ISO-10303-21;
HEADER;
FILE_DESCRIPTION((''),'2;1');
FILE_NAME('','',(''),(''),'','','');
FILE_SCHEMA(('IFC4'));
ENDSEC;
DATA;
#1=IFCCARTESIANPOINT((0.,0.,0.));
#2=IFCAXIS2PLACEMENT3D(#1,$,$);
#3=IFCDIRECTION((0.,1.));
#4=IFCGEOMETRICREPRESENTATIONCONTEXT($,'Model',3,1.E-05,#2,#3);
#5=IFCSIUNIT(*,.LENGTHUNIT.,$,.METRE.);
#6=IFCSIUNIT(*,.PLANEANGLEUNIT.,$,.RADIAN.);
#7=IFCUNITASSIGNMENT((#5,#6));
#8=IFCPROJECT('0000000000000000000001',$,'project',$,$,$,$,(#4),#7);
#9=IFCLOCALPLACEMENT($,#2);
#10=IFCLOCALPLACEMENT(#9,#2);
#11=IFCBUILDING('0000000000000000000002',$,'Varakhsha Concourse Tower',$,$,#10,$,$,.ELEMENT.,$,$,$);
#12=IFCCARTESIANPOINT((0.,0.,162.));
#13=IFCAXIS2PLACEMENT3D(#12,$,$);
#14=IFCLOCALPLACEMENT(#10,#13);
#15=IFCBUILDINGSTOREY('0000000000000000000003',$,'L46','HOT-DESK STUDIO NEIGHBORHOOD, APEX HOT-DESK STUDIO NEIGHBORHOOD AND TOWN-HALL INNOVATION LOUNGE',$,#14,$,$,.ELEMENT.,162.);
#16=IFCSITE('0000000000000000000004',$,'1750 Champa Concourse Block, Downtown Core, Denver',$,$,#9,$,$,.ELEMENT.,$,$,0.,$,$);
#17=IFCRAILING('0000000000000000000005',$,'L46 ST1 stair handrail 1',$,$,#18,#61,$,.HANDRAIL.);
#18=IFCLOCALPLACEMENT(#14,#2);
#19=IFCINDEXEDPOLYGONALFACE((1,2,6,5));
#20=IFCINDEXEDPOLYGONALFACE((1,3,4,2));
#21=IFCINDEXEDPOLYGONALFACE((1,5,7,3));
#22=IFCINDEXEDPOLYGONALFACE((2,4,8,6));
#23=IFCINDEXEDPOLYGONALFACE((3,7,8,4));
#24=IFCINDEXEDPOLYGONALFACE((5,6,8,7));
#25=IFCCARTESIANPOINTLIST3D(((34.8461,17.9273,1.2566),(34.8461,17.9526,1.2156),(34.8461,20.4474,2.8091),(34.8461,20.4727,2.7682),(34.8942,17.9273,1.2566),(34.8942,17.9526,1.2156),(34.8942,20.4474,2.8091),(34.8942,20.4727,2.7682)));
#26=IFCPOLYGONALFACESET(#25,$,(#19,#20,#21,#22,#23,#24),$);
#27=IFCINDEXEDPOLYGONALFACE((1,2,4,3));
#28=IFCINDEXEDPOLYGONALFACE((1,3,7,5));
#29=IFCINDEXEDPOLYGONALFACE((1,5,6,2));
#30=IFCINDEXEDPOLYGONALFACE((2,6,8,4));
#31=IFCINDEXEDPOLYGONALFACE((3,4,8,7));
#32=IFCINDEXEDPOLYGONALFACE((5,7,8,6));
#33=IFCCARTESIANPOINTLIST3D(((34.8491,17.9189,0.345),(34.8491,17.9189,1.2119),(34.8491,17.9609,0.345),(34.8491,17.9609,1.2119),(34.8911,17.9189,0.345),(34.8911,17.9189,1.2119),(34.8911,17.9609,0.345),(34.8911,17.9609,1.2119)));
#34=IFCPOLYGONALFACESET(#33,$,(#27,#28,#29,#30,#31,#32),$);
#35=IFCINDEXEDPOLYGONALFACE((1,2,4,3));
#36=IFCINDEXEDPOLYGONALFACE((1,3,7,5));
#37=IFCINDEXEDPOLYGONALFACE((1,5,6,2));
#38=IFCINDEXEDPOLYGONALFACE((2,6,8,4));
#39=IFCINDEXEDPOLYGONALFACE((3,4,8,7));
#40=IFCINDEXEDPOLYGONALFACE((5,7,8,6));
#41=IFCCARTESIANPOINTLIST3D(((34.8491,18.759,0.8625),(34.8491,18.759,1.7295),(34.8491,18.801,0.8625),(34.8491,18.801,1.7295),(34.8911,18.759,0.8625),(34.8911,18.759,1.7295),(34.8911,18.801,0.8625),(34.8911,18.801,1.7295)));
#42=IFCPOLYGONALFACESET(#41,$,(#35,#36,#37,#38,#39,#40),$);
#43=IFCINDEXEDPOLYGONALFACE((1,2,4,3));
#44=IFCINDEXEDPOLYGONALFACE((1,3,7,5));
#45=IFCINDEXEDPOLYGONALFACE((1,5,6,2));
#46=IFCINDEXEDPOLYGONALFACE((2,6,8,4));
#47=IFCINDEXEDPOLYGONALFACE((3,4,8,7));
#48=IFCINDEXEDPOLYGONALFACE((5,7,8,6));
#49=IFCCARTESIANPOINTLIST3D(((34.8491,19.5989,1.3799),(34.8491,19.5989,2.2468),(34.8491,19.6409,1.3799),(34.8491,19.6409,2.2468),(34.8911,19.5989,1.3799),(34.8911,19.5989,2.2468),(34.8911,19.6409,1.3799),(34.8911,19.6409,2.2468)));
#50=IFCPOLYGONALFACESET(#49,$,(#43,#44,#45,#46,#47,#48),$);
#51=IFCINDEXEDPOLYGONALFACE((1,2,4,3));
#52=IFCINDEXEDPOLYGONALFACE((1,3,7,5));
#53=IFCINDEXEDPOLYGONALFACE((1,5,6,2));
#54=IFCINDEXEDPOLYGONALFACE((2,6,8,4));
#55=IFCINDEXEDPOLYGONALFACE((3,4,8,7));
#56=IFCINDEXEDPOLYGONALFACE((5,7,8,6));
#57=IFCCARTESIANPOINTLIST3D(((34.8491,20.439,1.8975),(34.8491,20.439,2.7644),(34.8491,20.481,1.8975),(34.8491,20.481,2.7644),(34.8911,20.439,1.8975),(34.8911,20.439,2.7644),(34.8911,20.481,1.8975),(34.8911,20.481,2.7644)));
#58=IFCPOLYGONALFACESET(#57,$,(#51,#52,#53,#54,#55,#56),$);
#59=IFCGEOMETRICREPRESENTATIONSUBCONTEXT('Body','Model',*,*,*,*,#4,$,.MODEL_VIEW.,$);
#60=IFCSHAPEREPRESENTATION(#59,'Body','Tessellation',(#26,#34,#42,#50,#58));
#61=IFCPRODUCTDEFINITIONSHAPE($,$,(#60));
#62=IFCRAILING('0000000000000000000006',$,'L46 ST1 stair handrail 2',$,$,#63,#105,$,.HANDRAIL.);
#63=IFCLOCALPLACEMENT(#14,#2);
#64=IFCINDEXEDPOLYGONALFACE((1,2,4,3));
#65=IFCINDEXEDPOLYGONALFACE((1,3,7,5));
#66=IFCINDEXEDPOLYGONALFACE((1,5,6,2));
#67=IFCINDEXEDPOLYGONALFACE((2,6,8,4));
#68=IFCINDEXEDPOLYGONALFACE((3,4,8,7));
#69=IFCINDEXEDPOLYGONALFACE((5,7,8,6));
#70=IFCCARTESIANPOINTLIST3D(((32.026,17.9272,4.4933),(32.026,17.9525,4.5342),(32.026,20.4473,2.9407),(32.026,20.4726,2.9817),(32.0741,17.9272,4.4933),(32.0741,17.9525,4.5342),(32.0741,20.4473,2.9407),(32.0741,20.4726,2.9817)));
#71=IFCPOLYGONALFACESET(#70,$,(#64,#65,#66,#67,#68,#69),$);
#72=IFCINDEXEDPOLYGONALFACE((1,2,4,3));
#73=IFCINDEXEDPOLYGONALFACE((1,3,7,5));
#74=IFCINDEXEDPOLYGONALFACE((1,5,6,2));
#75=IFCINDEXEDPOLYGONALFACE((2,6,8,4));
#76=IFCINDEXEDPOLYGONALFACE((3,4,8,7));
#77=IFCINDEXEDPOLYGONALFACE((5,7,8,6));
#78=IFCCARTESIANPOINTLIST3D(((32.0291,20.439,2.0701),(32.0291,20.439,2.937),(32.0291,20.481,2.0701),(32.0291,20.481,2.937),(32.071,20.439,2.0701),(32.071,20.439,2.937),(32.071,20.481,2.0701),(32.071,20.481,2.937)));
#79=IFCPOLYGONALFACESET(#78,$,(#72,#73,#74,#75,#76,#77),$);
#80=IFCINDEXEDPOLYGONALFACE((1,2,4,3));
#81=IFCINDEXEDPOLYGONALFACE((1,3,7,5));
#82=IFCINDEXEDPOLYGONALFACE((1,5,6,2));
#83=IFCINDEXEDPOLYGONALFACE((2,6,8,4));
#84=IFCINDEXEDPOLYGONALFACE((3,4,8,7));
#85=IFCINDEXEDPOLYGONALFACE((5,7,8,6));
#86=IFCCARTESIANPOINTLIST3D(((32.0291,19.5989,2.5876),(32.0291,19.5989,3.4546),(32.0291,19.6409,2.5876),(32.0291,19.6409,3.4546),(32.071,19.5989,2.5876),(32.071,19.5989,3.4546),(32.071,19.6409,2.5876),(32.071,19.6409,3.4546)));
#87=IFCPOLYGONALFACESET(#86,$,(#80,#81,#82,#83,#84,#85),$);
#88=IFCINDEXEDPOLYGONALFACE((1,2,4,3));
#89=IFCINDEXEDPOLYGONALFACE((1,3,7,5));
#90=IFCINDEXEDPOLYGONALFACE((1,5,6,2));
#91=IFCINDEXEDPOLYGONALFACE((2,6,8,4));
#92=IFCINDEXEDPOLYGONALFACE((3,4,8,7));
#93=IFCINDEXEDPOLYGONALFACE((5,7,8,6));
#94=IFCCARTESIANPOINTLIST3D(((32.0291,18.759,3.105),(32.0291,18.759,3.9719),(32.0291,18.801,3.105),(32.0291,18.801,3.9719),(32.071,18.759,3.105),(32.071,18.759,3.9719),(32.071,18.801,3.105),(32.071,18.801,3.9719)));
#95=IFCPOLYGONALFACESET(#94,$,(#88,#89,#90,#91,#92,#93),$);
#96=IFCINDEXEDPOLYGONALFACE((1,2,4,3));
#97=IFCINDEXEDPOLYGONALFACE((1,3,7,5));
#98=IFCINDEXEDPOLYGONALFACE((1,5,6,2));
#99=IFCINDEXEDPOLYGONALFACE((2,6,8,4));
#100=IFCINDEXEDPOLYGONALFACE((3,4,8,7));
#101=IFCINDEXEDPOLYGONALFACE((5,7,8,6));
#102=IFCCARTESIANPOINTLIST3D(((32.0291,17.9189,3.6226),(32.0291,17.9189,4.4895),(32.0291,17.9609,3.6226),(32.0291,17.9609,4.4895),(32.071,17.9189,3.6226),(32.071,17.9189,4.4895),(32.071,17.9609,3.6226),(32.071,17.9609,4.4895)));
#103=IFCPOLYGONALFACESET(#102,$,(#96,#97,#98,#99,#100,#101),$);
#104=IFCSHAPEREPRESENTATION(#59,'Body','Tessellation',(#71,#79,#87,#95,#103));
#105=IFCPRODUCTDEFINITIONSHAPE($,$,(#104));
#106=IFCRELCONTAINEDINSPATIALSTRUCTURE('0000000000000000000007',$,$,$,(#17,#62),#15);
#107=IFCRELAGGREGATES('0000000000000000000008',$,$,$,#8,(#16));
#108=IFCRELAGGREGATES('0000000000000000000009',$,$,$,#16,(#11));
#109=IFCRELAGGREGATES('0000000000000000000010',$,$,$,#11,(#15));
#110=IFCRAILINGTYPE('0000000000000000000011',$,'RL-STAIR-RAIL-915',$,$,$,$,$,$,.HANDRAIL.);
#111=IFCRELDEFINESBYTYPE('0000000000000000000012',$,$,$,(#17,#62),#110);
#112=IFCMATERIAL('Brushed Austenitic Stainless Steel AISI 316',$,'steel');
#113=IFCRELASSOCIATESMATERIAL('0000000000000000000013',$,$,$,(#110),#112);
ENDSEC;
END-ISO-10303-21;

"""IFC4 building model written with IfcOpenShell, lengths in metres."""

from ifc_helpers import new_model, si_unit, direction, frame, origin, origin_2d, place, context, subcontext, project, spatial, rectangle, extrude, material, type_object, element, save


model = new_model("IFC4")

# Units and contexts
model_context = context("Model", 3, precision=1e-05, world=origin(), true_north=direction((0.0, 1.0)))
body_context = subcontext(model_context, "Body", "Model", "MODEL_VIEW")
ifc_project = project(units=[si_unit("LENGTHUNIT", "METRE"), si_unit("PLANEANGLEUNIT", "RADIAN")], contexts=[model_context])

# Site, building, storey
site_placement = place(None, origin())
site = spatial("IfcSite", under=ifc_project, at=site_placement, Name="1750 Champa Concourse Block, Downtown Core, Denver", CompositionType="ELEMENT", RefElevation=0.0)
building_placement = place(site_placement, origin())
building = spatial("IfcBuilding", under=site, at=building_placement, Name="Varakhsha Concourse Tower", CompositionType="ELEMENT")
storey_placement = place(building_placement, frame((0.0, 0.0, 162.0)))
storey = spatial("IfcBuildingStorey", under=building, at=storey_placement, Name="L46", Description="HOT-DESK STUDIO NEIGHBORHOOD, APEX HOT-DESK STUDIO NEIGHBORHOOD AND TOWN-HALL INNOVATION LOUNGE", CompositionType="ELEMENT", Elevation=162.0)

# Railings
ifc_material_1 = material(Name="Brushed Austenitic Stainless Steel AISI 316", Category="steel")
railing_type_1 = type_object("IfcRailingType", Name="RL-STAIR-RAIL-915", PredefinedType="HANDRAIL", material=ifc_material_1)
railing_1_placement = place(storey_placement, frame((34.8701, 17.9399, 0.345)))
element("IfcRailing", 1, at=railing_1_placement, inside=storey, type_object=railing_type_1, Name="L46 ST1 stair handrail 1", PredefinedType="HANDRAIL", context=body_context, shape_type="SweptSolid", body=[
    extrude(rectangle(XDim=0.0481, YDim=0.0481, at=origin_2d()), frame((0.0, 0.0, 0.8911), z_axis=(0.0, 0.8514, 0.524516), x_axis=(-1.0, 0.0, 0.0)), (0.0, 0.0, 1.0), 2.96),
    extrude(rectangle(XDim=0.042, YDim=0.042, at=origin_2d()), origin(), (0.0, 0.0, 1.0), 0.8669),
    extrude(rectangle(XDim=0.042, YDim=0.042, at=origin_2d()), frame((0.0, 0.8401, 0.5176)), (0.0, 0.0, 1.0), 0.8669),
    extrude(rectangle(XDim=0.042, YDim=0.042, at=origin_2d()), frame((0.0, 1.6799, 1.0349)), (0.0, 0.0, 1.0), 0.8669),
    extrude(rectangle(XDim=0.042, YDim=0.042, at=origin_2d()), frame((0.0, 2.52, 1.5525)), (0.0, 0.0, 1.0), 0.8669),
])
railing_2_placement = place(storey_placement, frame((32.05, 20.46, 2.0701)))
element("IfcRailing", 2, at=railing_2_placement, inside=storey, type_object=railing_type_1, Name="L46 ST1 stair handrail 2", PredefinedType="HANDRAIL", context=body_context, shape_type="SweptSolid", body=[
    extrude(rectangle(XDim=0.0481, YDim=0.0481, at=origin_2d()), frame((0.0, 0.0, 0.8911), z_axis=(0.0, -0.8514, 0.524516), x_axis=(1.0, 0.0, 0.0)), (0.0, 0.0, 1.0), 2.96),
    extrude(rectangle(XDim=0.042, YDim=0.042, at=origin_2d()), origin(), (0.0, 0.0, 1.0), 0.8669),
    extrude(rectangle(XDim=0.042, YDim=0.042, at=origin_2d()), frame((0.0, -0.8401, 0.5176)), (0.0, 0.0, 1.0), 0.8669),
    extrude(rectangle(XDim=0.042, YDim=0.042, at=origin_2d()), frame((0.0, -1.6799, 1.0349)), (0.0, 0.0, 1.0), 0.8669),
    extrude(rectangle(XDim=0.042, YDim=0.042, at=origin_2d()), frame((0.0, -2.52, 1.5525)), (0.0, 0.0, 1.0), 0.8669),
])

save(model, "model.ifc")
